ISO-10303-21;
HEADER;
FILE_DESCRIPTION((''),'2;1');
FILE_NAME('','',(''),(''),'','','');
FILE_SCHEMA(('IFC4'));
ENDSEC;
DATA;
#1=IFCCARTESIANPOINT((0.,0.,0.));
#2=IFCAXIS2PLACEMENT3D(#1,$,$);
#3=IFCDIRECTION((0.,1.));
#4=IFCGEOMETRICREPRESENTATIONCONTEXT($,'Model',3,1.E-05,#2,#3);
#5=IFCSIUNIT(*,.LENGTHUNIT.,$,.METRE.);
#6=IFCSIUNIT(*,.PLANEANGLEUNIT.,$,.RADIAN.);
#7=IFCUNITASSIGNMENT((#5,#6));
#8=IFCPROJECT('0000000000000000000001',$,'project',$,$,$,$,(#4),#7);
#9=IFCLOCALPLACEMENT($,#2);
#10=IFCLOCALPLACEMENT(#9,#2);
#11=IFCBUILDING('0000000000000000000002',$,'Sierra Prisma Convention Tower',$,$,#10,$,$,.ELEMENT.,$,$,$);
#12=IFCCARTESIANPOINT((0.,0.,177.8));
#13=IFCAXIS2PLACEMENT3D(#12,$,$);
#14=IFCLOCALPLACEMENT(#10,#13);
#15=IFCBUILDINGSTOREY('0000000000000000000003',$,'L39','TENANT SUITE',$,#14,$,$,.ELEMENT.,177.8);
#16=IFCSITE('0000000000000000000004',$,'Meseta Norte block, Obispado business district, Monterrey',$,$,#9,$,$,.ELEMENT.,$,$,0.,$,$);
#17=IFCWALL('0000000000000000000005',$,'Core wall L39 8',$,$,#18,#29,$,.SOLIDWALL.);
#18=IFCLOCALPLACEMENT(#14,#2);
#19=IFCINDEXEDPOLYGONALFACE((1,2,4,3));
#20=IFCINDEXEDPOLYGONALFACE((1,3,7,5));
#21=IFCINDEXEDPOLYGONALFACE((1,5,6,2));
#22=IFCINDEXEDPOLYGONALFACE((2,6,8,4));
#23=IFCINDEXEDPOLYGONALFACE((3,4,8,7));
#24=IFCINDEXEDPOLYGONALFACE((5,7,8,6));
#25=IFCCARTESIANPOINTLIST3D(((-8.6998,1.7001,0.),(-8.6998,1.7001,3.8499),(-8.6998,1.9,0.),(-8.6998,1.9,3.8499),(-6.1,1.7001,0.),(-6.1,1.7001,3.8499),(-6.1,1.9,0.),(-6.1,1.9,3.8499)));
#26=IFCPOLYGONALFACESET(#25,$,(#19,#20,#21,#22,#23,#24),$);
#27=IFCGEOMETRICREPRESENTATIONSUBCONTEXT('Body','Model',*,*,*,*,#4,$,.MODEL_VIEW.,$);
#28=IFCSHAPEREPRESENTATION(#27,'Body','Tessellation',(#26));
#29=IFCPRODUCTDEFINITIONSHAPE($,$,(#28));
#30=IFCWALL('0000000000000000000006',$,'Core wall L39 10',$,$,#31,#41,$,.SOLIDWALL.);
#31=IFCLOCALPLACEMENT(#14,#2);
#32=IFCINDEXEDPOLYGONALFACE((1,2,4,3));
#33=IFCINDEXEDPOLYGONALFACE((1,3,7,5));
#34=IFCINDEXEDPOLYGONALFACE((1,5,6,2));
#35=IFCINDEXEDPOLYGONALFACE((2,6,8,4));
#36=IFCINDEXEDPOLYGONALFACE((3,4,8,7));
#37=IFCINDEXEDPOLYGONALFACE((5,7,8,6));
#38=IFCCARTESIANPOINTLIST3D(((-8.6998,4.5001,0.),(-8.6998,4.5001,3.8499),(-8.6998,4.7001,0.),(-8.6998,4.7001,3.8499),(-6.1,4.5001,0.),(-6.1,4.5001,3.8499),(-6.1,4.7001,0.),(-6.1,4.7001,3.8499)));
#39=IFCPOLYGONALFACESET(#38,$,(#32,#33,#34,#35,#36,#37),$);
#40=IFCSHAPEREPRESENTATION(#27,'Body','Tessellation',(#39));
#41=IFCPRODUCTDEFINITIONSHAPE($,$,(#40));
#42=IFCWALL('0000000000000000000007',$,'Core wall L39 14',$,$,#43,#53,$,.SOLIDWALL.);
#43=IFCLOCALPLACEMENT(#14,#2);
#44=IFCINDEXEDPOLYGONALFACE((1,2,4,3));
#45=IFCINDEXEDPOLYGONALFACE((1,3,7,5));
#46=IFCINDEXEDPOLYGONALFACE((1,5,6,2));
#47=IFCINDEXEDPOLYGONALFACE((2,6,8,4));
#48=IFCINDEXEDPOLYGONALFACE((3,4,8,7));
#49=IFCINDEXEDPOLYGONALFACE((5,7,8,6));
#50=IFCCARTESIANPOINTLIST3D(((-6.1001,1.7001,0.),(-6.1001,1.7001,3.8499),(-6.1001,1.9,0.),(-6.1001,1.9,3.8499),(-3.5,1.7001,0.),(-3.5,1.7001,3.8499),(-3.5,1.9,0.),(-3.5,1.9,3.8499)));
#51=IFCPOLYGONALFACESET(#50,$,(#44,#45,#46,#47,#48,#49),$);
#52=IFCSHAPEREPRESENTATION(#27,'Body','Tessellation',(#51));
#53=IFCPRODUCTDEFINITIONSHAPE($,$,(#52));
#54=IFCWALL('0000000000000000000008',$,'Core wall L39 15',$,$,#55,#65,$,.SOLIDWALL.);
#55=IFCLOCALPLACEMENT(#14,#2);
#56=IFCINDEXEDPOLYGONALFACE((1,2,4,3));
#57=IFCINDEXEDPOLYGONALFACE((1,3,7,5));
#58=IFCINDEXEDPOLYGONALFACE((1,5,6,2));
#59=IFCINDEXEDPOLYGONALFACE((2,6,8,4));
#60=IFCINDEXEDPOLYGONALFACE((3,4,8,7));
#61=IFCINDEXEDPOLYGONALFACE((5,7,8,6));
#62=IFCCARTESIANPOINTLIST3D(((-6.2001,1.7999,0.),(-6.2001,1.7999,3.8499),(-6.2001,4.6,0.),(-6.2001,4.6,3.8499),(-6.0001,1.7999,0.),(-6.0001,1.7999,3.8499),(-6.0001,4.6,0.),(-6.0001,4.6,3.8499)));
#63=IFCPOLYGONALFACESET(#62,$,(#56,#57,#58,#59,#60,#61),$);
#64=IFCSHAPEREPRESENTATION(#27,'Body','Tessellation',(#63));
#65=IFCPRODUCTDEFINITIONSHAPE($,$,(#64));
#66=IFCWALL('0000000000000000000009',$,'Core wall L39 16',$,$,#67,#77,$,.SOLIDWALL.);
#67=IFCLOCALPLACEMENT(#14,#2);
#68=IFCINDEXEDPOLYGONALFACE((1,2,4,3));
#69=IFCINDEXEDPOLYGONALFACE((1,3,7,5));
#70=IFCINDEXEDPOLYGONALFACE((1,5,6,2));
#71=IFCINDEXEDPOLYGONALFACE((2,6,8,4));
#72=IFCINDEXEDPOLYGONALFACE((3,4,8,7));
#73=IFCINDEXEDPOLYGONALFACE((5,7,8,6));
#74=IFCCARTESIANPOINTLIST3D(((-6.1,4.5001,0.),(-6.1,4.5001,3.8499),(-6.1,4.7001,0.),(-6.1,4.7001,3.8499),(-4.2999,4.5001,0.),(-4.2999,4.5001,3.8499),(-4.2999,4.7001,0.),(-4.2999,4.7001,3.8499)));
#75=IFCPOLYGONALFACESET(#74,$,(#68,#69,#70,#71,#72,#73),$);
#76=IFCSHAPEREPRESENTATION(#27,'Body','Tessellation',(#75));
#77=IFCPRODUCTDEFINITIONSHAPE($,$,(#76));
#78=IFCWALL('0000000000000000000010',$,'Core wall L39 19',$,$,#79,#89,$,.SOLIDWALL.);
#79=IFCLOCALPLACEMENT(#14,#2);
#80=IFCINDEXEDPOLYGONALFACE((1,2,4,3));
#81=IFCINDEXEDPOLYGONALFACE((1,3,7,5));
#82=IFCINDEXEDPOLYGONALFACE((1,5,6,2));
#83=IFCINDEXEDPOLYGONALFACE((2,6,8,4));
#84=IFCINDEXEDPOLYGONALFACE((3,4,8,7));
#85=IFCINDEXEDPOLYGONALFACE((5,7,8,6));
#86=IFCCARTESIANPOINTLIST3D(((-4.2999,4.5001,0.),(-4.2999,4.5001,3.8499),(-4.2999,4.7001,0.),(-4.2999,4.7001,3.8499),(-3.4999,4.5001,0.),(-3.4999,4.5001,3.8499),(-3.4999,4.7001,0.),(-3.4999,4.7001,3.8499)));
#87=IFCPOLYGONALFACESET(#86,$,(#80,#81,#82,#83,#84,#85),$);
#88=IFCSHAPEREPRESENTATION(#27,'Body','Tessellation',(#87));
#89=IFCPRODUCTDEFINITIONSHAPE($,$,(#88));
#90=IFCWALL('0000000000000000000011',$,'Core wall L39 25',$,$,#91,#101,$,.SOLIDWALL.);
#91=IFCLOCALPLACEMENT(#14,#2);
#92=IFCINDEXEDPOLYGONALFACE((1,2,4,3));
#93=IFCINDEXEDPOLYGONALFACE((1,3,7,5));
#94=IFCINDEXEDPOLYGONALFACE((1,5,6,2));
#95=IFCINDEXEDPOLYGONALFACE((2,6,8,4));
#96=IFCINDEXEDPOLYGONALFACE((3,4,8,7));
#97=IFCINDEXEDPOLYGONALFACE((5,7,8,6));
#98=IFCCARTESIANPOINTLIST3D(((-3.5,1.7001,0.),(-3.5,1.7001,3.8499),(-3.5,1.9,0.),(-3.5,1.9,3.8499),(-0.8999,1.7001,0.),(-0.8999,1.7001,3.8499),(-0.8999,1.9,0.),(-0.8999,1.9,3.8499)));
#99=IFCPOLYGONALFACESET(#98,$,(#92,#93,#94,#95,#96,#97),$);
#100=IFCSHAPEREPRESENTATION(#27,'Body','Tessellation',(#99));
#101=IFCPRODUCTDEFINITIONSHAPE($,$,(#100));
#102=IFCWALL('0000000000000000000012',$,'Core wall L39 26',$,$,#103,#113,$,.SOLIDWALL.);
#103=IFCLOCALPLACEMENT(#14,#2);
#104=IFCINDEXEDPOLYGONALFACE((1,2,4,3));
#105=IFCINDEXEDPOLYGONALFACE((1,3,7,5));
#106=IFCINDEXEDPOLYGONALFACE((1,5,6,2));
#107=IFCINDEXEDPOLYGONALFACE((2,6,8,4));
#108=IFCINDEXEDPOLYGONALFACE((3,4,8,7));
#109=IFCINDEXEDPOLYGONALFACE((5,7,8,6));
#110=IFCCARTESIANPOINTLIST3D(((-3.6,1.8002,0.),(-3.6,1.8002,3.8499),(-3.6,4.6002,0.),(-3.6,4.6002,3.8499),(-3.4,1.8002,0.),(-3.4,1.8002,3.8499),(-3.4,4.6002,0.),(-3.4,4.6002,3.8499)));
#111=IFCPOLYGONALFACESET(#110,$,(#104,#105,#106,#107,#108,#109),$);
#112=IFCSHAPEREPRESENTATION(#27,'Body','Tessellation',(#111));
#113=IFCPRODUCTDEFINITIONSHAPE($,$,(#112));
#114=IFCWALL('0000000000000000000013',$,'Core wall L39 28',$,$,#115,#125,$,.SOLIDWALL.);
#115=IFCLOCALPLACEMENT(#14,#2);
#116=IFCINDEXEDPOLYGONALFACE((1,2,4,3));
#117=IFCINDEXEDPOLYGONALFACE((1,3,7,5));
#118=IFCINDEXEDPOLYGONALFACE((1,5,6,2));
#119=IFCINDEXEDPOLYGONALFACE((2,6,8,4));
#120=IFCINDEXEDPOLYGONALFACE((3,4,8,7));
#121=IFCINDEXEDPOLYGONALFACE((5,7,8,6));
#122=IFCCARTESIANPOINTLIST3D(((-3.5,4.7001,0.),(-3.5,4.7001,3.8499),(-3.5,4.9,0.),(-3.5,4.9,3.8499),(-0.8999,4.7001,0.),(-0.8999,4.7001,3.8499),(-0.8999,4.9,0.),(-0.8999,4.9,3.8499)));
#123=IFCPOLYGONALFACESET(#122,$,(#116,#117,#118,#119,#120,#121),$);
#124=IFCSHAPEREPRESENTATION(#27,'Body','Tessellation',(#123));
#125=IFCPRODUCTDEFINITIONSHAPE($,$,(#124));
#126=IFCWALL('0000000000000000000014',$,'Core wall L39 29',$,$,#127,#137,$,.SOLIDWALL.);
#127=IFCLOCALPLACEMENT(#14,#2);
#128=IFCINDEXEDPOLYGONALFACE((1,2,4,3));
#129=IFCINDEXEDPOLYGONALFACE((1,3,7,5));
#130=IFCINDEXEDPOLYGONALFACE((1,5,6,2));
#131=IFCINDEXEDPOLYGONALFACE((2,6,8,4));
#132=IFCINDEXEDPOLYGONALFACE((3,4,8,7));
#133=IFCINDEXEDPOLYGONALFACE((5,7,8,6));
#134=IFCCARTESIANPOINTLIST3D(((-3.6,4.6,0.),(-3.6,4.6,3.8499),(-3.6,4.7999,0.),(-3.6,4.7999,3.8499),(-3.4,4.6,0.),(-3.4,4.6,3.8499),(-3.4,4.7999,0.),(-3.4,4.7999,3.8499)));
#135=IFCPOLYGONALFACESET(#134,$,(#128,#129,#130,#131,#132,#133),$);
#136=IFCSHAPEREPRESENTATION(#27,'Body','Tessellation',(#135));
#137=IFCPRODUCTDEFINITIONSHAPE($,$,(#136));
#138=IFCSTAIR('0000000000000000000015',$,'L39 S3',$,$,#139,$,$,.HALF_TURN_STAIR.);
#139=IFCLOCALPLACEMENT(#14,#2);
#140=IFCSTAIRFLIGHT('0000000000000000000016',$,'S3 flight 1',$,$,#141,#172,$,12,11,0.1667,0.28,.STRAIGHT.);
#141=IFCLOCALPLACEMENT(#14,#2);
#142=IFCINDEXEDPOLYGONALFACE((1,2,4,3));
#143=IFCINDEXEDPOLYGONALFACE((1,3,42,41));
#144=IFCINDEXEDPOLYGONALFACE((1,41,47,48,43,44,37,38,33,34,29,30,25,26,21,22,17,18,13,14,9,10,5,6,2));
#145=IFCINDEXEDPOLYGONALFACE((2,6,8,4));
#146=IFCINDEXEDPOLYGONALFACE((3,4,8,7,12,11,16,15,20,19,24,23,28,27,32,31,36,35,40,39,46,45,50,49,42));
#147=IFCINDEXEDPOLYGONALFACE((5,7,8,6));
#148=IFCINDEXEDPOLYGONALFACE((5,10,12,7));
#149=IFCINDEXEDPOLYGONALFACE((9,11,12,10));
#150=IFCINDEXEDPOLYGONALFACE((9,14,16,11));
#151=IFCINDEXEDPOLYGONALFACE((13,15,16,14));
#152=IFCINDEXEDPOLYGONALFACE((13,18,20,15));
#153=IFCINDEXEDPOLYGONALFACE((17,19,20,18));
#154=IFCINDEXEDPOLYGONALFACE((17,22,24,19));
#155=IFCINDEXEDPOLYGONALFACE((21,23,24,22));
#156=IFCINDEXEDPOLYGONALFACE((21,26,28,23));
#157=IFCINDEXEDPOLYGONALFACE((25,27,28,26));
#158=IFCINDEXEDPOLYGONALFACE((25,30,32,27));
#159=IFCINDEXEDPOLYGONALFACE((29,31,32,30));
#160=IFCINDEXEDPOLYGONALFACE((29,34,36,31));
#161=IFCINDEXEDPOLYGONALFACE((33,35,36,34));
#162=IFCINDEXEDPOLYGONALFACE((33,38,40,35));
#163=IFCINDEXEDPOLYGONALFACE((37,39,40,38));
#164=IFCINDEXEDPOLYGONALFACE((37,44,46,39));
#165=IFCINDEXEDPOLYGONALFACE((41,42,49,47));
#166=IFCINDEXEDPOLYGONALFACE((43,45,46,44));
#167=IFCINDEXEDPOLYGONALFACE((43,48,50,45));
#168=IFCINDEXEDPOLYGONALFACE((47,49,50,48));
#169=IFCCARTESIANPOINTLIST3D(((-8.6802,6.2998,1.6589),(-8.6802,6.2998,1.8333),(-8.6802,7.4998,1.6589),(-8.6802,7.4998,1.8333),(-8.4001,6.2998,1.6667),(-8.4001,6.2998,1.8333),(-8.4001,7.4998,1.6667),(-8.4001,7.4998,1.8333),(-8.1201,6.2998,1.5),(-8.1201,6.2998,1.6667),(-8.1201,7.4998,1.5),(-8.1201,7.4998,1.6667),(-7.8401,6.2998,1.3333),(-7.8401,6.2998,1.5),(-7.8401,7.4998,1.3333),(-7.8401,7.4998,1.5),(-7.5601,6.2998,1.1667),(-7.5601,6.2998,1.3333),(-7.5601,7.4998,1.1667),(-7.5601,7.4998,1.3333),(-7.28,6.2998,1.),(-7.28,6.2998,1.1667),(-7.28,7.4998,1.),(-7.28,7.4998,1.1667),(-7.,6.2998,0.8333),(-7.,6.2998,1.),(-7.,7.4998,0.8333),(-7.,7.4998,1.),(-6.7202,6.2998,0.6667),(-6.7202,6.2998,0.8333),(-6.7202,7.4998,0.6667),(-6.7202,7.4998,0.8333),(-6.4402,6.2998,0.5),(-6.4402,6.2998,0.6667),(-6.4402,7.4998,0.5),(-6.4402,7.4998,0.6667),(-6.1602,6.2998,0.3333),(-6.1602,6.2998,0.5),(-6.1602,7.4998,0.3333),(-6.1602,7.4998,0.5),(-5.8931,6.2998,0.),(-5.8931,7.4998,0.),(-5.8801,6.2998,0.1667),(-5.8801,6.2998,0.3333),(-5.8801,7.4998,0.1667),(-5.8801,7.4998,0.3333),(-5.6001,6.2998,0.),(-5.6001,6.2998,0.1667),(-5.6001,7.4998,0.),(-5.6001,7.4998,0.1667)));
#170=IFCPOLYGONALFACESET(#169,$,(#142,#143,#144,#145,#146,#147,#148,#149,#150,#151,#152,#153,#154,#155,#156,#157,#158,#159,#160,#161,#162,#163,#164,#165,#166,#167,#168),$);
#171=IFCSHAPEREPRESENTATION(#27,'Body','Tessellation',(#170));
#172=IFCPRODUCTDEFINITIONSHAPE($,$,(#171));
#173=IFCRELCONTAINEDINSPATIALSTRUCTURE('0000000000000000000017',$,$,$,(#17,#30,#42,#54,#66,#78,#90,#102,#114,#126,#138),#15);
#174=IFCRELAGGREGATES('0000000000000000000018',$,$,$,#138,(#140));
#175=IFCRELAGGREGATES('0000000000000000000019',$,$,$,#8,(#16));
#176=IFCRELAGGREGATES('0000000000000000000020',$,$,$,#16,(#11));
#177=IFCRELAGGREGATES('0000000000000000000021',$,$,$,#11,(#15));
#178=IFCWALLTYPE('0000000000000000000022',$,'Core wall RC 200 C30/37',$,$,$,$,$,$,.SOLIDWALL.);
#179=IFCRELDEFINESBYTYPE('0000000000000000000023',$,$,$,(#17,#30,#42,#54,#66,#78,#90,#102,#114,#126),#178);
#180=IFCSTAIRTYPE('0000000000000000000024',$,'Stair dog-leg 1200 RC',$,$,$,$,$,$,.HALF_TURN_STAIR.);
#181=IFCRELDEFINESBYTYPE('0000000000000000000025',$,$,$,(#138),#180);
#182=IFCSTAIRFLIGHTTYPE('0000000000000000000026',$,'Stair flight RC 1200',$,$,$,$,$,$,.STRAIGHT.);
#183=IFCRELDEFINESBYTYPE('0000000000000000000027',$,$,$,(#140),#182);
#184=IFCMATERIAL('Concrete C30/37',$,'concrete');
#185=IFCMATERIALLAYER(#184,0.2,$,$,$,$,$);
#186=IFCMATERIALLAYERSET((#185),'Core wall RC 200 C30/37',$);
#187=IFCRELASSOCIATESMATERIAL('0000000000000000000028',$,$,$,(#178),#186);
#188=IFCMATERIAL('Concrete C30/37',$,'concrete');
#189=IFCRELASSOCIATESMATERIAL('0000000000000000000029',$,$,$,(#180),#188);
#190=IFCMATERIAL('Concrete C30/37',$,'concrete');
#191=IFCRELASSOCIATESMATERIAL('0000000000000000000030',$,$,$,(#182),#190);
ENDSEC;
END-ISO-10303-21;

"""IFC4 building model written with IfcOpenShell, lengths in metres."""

from ifc_helpers import new_model, si_unit, direction, frame, frame_2d, origin, place, context, subcontext, project, spatial, polyline, rectangle, outline, extrude, material, layer, layer_set, type_object, element, aggregate, save


model = new_model("IFC4")

# Units and contexts
model_context = context("Model", 3, precision=1e-05, world=origin(), true_north=direction((0.0, 1.0)))
body_context = subcontext(model_context, "Body", "Model", "MODEL_VIEW")
ifc_project = project(units=[si_unit("LENGTHUNIT", "METRE"), si_unit("PLANEANGLEUNIT", "RADIAN")], contexts=[model_context])

# Site, building, storey
site_placement = place(None, origin())
site = spatial("IfcSite", under=ifc_project, at=site_placement, Name="Meseta Norte block, Obispado business district, Monterrey", CompositionType="ELEMENT", RefElevation=0.0)
building_placement = place(site_placement, origin())
building = spatial("IfcBuilding", under=site, at=building_placement, Name="Sierra Prisma Convention Tower", CompositionType="ELEMENT")
storey_placement = place(building_placement, frame((0.0, 0.0, 177.8)))
storey = spatial("IfcBuildingStorey", under=building, at=storey_placement, Name="L39", Description="TENANT SUITE", CompositionType="ELEMENT", Elevation=177.8)

# Walls
ifc_material_1 = material(Name="Concrete C30/37", Category="concrete")
ifc_layer_1 = layer(ifc_material_1, 0.2)
ifc_layer_set_1 = layer_set([ifc_layer_1], Name="Core wall RC 200 C30/37")
wall_type = type_object("IfcWallType", Name="Core wall RC 200 C30/37", PredefinedType="SOLIDWALL", material=ifc_layer_set_1)
for number, where, z_axis, x_axis, name in (
    (1, (-6.1001, 1.8, 0.0), (0.0, 0.0, 1.0), (-1.0, 0.0, 0.0), "Core wall L39 8"),
    (2, (-6.1001, 4.6001, 0.0), (0.0, 0.0, 1.0), (-1.0, 0.0, 0.0), "Core wall L39 10"),
):
    element("IfcWall", number, at=place(storey_placement, frame(where, z_axis=z_axis, x_axis=x_axis)), inside=storey, type_object=wall_type, Name=name, PredefinedType="SOLIDWALL", context=body_context, shape_type="SweptSolid", body=[
        extrude(rectangle(XDim=2.5999, YDim=0.2, at=frame_2d((1.2998, 0.0))), origin(), (0.0, 0.0, 1.0), 3.8499),
    ])
wall_1_placement = place(storey_placement, frame((-3.5, 1.8, 0.0), z_axis=(0.0, 0.0, 1.0), x_axis=(-1.0, 0.0, 0.0)))
element("IfcWall", 3, at=wall_1_placement, inside=storey, type_object=wall_type, Name="Core wall L39 14", PredefinedType="SOLIDWALL", context=body_context, shape_type="SweptSolid", body=[
    extrude(rectangle(XDim=2.6001, YDim=0.2, at=frame_2d((1.3, 0.0))), origin(), (0.0, 0.0, 1.0), 3.8499),
])
wall_2_placement = place(storey_placement, frame((-6.1001, 1.8, 0.0), z_axis=(0.0, 0.0, 1.0), x_axis=(0.0, 1.0, 0.0)))
element("IfcWall", 4, at=wall_2_placement, inside=storey, type_object=wall_type, Name="Core wall L39 15", PredefinedType="SOLIDWALL", context=body_context, shape_type="SweptSolid", body=[
    extrude(rectangle(XDim=2.8, YDim=0.2, at=frame_2d((1.3999, 0.0))), origin(), (0.0, 0.0, 1.0), 3.8499),
])
wall_3_placement = place(storey_placement, frame((-4.3, 4.6001, 0.0), z_axis=(0.0, 0.0, 1.0), x_axis=(-1.0, 0.0, 0.0)))
element("IfcWall", 5, at=wall_3_placement, inside=storey, type_object=wall_type, Name="Core wall L39 16", PredefinedType="SOLIDWALL", context=body_context, shape_type="SweptSolid", body=[
    extrude(rectangle(XDim=1.8, YDim=0.2, at=frame_2d((0.8999, 0.0))), origin(), (0.0, 0.0, 1.0), 3.8499),
])
wall_4_placement = place(storey_placement, frame((-3.5, 4.6001, 0.0), z_axis=(0.0, 0.0, 1.0), x_axis=(-1.0, 0.0, 0.0)))
element("IfcWall", 6, at=wall_4_placement, inside=storey, type_object=wall_type, Name="Core wall L39 19", PredefinedType="SOLIDWALL", context=body_context, shape_type="SweptSolid", body=[
    extrude(rectangle(XDim=0.8, YDim=0.2, at=frame_2d((0.3999, 0.0))), origin(), (0.0, 0.0, 1.0), 3.8499),
])

# Walls
wall_5_placement = place(storey_placement, frame((-0.8999, 1.8, 0.0), z_axis=(0.0, 0.0, 1.0), x_axis=(-1.0, 0.0, 0.0)))
element("IfcWall", 7, at=wall_5_placement, inside=storey, type_object=wall_type, Name="Core wall L39 25", PredefinedType="SOLIDWALL", context=body_context, shape_type="SweptSolid", body=[
    extrude(rectangle(XDim=2.6001, YDim=0.2, at=frame_2d((1.3, 0.0))), origin(), (0.0, 0.0, 1.0), 3.8499),
])
wall_6_placement = place(storey_placement, frame((-3.5, 4.6001, 0.0), z_axis=(0.0, 0.0, 1.0), x_axis=(0.0, -1.0, 0.0)))
element("IfcWall", 8, at=wall_6_placement, inside=storey, type_object=wall_type, Name="Core wall L39 26", PredefinedType="SOLIDWALL", context=body_context, shape_type="SweptSolid", body=[
    extrude(rectangle(XDim=2.8, YDim=0.2, at=frame_2d((1.3999, 0.0))), origin(), (0.0, 0.0, 1.0), 3.8499),
])

# Walls
wall_7_placement = place(storey_placement, frame((-0.8999, 4.8, 0.0), z_axis=(0.0, 0.0, 1.0), x_axis=(-1.0, 0.0, 0.0)))
element("IfcWall", 9, at=wall_7_placement, inside=storey, type_object=wall_type, Name="Core wall L39 28", PredefinedType="SOLIDWALL", context=body_context, shape_type="SweptSolid", body=[
    extrude(rectangle(XDim=2.6001, YDim=0.2, at=frame_2d((1.3, 0.0))), origin(), (0.0, 0.0, 1.0), 3.8499),
])
wall_8_placement = place(storey_placement, frame((-3.5, 4.8, 0.0), z_axis=(0.0, 0.0, 1.0), x_axis=(0.0, -1.0, 0.0)))
element("IfcWall", 10, at=wall_8_placement, inside=storey, type_object=wall_type, Name="Core wall L39 29", PredefinedType="SOLIDWALL", context=body_context, shape_type="SweptSolid", body=[
    extrude(rectangle(XDim=0.2, YDim=0.2, at=frame_2d((0.1001, 0.0))), origin(), (0.0, 0.0, 1.0), 3.8499),
])

# Stair, stair flight
ifc_material_2 = material(Name="Concrete C30/37", Category="concrete")
stair_type = type_object("IfcStairType", Name="Stair dog-leg 1200 RC", PredefinedType="HALF_TURN_STAIR", material=ifc_material_2)
stair_placement = place(storey_placement, origin())
stair = element("IfcStair", 11, at=stair_placement, inside=storey, type_object=stair_type, Name="L39 S3", PredefinedType="HALF_TURN_STAIR")
ifc_material_3 = material(Name="Concrete C30/37", Category="concrete")
stair_flight_type = type_object("IfcStairFlightType", Name="Stair flight RC 1200", PredefinedType="STRAIGHT", material=ifc_material_3)
stair_flight_placement = place(storey_placement, frame((-5.6001, 6.8999, 0.0), z_axis=(0.0, 0.0, 1.0), x_axis=(-1.0, 0.0, 0.0)))
stair_flight = element("IfcStairFlight", 12, at=stair_flight_placement, type_object=stair_flight_type, Name="S3 flight 1", NumberOfRisers=12, NumberOfTreads=11, PredefinedType="STRAIGHT", RiserHeight=0.1667, TreadLength=0.28, context=body_context, shape_type="SweptSolid", body=[
    extrude(outline(polyline([(0.0, 0.0), (0.0, 0.1667), (0.28, 0.1667), (0.28, 0.3333), (0.5601, 0.3333), (0.5601, 0.5), (0.8401, 0.5), (0.8401, 0.6667), (1.1201, 0.6667), (1.1201, 0.8333), (1.3999, 0.8333), (1.3999, 1.0), (1.6799, 1.0), (1.6799, 1.1667), (1.96, 1.1667), (1.96, 1.3333), (2.24, 1.3333), (2.24, 1.5), (2.52, 1.5), (2.52, 1.6667), (2.8, 1.6667), (2.8, 1.8333), (3.0801, 1.8333), (3.0801, 2.0), (3.0801, 1.6589), (0.293, 0.0), (0.0, 0.0)])), frame((0.0, 0.6001, 0.0), z_axis=(0.0, -1.0, 0.0), x_axis=(1.0, 0.0, 0.0)), (0.0, 0.0, 1.0), 1.2),
])
aggregate(stair, [stair_flight])

save(model, "model.ifc")
